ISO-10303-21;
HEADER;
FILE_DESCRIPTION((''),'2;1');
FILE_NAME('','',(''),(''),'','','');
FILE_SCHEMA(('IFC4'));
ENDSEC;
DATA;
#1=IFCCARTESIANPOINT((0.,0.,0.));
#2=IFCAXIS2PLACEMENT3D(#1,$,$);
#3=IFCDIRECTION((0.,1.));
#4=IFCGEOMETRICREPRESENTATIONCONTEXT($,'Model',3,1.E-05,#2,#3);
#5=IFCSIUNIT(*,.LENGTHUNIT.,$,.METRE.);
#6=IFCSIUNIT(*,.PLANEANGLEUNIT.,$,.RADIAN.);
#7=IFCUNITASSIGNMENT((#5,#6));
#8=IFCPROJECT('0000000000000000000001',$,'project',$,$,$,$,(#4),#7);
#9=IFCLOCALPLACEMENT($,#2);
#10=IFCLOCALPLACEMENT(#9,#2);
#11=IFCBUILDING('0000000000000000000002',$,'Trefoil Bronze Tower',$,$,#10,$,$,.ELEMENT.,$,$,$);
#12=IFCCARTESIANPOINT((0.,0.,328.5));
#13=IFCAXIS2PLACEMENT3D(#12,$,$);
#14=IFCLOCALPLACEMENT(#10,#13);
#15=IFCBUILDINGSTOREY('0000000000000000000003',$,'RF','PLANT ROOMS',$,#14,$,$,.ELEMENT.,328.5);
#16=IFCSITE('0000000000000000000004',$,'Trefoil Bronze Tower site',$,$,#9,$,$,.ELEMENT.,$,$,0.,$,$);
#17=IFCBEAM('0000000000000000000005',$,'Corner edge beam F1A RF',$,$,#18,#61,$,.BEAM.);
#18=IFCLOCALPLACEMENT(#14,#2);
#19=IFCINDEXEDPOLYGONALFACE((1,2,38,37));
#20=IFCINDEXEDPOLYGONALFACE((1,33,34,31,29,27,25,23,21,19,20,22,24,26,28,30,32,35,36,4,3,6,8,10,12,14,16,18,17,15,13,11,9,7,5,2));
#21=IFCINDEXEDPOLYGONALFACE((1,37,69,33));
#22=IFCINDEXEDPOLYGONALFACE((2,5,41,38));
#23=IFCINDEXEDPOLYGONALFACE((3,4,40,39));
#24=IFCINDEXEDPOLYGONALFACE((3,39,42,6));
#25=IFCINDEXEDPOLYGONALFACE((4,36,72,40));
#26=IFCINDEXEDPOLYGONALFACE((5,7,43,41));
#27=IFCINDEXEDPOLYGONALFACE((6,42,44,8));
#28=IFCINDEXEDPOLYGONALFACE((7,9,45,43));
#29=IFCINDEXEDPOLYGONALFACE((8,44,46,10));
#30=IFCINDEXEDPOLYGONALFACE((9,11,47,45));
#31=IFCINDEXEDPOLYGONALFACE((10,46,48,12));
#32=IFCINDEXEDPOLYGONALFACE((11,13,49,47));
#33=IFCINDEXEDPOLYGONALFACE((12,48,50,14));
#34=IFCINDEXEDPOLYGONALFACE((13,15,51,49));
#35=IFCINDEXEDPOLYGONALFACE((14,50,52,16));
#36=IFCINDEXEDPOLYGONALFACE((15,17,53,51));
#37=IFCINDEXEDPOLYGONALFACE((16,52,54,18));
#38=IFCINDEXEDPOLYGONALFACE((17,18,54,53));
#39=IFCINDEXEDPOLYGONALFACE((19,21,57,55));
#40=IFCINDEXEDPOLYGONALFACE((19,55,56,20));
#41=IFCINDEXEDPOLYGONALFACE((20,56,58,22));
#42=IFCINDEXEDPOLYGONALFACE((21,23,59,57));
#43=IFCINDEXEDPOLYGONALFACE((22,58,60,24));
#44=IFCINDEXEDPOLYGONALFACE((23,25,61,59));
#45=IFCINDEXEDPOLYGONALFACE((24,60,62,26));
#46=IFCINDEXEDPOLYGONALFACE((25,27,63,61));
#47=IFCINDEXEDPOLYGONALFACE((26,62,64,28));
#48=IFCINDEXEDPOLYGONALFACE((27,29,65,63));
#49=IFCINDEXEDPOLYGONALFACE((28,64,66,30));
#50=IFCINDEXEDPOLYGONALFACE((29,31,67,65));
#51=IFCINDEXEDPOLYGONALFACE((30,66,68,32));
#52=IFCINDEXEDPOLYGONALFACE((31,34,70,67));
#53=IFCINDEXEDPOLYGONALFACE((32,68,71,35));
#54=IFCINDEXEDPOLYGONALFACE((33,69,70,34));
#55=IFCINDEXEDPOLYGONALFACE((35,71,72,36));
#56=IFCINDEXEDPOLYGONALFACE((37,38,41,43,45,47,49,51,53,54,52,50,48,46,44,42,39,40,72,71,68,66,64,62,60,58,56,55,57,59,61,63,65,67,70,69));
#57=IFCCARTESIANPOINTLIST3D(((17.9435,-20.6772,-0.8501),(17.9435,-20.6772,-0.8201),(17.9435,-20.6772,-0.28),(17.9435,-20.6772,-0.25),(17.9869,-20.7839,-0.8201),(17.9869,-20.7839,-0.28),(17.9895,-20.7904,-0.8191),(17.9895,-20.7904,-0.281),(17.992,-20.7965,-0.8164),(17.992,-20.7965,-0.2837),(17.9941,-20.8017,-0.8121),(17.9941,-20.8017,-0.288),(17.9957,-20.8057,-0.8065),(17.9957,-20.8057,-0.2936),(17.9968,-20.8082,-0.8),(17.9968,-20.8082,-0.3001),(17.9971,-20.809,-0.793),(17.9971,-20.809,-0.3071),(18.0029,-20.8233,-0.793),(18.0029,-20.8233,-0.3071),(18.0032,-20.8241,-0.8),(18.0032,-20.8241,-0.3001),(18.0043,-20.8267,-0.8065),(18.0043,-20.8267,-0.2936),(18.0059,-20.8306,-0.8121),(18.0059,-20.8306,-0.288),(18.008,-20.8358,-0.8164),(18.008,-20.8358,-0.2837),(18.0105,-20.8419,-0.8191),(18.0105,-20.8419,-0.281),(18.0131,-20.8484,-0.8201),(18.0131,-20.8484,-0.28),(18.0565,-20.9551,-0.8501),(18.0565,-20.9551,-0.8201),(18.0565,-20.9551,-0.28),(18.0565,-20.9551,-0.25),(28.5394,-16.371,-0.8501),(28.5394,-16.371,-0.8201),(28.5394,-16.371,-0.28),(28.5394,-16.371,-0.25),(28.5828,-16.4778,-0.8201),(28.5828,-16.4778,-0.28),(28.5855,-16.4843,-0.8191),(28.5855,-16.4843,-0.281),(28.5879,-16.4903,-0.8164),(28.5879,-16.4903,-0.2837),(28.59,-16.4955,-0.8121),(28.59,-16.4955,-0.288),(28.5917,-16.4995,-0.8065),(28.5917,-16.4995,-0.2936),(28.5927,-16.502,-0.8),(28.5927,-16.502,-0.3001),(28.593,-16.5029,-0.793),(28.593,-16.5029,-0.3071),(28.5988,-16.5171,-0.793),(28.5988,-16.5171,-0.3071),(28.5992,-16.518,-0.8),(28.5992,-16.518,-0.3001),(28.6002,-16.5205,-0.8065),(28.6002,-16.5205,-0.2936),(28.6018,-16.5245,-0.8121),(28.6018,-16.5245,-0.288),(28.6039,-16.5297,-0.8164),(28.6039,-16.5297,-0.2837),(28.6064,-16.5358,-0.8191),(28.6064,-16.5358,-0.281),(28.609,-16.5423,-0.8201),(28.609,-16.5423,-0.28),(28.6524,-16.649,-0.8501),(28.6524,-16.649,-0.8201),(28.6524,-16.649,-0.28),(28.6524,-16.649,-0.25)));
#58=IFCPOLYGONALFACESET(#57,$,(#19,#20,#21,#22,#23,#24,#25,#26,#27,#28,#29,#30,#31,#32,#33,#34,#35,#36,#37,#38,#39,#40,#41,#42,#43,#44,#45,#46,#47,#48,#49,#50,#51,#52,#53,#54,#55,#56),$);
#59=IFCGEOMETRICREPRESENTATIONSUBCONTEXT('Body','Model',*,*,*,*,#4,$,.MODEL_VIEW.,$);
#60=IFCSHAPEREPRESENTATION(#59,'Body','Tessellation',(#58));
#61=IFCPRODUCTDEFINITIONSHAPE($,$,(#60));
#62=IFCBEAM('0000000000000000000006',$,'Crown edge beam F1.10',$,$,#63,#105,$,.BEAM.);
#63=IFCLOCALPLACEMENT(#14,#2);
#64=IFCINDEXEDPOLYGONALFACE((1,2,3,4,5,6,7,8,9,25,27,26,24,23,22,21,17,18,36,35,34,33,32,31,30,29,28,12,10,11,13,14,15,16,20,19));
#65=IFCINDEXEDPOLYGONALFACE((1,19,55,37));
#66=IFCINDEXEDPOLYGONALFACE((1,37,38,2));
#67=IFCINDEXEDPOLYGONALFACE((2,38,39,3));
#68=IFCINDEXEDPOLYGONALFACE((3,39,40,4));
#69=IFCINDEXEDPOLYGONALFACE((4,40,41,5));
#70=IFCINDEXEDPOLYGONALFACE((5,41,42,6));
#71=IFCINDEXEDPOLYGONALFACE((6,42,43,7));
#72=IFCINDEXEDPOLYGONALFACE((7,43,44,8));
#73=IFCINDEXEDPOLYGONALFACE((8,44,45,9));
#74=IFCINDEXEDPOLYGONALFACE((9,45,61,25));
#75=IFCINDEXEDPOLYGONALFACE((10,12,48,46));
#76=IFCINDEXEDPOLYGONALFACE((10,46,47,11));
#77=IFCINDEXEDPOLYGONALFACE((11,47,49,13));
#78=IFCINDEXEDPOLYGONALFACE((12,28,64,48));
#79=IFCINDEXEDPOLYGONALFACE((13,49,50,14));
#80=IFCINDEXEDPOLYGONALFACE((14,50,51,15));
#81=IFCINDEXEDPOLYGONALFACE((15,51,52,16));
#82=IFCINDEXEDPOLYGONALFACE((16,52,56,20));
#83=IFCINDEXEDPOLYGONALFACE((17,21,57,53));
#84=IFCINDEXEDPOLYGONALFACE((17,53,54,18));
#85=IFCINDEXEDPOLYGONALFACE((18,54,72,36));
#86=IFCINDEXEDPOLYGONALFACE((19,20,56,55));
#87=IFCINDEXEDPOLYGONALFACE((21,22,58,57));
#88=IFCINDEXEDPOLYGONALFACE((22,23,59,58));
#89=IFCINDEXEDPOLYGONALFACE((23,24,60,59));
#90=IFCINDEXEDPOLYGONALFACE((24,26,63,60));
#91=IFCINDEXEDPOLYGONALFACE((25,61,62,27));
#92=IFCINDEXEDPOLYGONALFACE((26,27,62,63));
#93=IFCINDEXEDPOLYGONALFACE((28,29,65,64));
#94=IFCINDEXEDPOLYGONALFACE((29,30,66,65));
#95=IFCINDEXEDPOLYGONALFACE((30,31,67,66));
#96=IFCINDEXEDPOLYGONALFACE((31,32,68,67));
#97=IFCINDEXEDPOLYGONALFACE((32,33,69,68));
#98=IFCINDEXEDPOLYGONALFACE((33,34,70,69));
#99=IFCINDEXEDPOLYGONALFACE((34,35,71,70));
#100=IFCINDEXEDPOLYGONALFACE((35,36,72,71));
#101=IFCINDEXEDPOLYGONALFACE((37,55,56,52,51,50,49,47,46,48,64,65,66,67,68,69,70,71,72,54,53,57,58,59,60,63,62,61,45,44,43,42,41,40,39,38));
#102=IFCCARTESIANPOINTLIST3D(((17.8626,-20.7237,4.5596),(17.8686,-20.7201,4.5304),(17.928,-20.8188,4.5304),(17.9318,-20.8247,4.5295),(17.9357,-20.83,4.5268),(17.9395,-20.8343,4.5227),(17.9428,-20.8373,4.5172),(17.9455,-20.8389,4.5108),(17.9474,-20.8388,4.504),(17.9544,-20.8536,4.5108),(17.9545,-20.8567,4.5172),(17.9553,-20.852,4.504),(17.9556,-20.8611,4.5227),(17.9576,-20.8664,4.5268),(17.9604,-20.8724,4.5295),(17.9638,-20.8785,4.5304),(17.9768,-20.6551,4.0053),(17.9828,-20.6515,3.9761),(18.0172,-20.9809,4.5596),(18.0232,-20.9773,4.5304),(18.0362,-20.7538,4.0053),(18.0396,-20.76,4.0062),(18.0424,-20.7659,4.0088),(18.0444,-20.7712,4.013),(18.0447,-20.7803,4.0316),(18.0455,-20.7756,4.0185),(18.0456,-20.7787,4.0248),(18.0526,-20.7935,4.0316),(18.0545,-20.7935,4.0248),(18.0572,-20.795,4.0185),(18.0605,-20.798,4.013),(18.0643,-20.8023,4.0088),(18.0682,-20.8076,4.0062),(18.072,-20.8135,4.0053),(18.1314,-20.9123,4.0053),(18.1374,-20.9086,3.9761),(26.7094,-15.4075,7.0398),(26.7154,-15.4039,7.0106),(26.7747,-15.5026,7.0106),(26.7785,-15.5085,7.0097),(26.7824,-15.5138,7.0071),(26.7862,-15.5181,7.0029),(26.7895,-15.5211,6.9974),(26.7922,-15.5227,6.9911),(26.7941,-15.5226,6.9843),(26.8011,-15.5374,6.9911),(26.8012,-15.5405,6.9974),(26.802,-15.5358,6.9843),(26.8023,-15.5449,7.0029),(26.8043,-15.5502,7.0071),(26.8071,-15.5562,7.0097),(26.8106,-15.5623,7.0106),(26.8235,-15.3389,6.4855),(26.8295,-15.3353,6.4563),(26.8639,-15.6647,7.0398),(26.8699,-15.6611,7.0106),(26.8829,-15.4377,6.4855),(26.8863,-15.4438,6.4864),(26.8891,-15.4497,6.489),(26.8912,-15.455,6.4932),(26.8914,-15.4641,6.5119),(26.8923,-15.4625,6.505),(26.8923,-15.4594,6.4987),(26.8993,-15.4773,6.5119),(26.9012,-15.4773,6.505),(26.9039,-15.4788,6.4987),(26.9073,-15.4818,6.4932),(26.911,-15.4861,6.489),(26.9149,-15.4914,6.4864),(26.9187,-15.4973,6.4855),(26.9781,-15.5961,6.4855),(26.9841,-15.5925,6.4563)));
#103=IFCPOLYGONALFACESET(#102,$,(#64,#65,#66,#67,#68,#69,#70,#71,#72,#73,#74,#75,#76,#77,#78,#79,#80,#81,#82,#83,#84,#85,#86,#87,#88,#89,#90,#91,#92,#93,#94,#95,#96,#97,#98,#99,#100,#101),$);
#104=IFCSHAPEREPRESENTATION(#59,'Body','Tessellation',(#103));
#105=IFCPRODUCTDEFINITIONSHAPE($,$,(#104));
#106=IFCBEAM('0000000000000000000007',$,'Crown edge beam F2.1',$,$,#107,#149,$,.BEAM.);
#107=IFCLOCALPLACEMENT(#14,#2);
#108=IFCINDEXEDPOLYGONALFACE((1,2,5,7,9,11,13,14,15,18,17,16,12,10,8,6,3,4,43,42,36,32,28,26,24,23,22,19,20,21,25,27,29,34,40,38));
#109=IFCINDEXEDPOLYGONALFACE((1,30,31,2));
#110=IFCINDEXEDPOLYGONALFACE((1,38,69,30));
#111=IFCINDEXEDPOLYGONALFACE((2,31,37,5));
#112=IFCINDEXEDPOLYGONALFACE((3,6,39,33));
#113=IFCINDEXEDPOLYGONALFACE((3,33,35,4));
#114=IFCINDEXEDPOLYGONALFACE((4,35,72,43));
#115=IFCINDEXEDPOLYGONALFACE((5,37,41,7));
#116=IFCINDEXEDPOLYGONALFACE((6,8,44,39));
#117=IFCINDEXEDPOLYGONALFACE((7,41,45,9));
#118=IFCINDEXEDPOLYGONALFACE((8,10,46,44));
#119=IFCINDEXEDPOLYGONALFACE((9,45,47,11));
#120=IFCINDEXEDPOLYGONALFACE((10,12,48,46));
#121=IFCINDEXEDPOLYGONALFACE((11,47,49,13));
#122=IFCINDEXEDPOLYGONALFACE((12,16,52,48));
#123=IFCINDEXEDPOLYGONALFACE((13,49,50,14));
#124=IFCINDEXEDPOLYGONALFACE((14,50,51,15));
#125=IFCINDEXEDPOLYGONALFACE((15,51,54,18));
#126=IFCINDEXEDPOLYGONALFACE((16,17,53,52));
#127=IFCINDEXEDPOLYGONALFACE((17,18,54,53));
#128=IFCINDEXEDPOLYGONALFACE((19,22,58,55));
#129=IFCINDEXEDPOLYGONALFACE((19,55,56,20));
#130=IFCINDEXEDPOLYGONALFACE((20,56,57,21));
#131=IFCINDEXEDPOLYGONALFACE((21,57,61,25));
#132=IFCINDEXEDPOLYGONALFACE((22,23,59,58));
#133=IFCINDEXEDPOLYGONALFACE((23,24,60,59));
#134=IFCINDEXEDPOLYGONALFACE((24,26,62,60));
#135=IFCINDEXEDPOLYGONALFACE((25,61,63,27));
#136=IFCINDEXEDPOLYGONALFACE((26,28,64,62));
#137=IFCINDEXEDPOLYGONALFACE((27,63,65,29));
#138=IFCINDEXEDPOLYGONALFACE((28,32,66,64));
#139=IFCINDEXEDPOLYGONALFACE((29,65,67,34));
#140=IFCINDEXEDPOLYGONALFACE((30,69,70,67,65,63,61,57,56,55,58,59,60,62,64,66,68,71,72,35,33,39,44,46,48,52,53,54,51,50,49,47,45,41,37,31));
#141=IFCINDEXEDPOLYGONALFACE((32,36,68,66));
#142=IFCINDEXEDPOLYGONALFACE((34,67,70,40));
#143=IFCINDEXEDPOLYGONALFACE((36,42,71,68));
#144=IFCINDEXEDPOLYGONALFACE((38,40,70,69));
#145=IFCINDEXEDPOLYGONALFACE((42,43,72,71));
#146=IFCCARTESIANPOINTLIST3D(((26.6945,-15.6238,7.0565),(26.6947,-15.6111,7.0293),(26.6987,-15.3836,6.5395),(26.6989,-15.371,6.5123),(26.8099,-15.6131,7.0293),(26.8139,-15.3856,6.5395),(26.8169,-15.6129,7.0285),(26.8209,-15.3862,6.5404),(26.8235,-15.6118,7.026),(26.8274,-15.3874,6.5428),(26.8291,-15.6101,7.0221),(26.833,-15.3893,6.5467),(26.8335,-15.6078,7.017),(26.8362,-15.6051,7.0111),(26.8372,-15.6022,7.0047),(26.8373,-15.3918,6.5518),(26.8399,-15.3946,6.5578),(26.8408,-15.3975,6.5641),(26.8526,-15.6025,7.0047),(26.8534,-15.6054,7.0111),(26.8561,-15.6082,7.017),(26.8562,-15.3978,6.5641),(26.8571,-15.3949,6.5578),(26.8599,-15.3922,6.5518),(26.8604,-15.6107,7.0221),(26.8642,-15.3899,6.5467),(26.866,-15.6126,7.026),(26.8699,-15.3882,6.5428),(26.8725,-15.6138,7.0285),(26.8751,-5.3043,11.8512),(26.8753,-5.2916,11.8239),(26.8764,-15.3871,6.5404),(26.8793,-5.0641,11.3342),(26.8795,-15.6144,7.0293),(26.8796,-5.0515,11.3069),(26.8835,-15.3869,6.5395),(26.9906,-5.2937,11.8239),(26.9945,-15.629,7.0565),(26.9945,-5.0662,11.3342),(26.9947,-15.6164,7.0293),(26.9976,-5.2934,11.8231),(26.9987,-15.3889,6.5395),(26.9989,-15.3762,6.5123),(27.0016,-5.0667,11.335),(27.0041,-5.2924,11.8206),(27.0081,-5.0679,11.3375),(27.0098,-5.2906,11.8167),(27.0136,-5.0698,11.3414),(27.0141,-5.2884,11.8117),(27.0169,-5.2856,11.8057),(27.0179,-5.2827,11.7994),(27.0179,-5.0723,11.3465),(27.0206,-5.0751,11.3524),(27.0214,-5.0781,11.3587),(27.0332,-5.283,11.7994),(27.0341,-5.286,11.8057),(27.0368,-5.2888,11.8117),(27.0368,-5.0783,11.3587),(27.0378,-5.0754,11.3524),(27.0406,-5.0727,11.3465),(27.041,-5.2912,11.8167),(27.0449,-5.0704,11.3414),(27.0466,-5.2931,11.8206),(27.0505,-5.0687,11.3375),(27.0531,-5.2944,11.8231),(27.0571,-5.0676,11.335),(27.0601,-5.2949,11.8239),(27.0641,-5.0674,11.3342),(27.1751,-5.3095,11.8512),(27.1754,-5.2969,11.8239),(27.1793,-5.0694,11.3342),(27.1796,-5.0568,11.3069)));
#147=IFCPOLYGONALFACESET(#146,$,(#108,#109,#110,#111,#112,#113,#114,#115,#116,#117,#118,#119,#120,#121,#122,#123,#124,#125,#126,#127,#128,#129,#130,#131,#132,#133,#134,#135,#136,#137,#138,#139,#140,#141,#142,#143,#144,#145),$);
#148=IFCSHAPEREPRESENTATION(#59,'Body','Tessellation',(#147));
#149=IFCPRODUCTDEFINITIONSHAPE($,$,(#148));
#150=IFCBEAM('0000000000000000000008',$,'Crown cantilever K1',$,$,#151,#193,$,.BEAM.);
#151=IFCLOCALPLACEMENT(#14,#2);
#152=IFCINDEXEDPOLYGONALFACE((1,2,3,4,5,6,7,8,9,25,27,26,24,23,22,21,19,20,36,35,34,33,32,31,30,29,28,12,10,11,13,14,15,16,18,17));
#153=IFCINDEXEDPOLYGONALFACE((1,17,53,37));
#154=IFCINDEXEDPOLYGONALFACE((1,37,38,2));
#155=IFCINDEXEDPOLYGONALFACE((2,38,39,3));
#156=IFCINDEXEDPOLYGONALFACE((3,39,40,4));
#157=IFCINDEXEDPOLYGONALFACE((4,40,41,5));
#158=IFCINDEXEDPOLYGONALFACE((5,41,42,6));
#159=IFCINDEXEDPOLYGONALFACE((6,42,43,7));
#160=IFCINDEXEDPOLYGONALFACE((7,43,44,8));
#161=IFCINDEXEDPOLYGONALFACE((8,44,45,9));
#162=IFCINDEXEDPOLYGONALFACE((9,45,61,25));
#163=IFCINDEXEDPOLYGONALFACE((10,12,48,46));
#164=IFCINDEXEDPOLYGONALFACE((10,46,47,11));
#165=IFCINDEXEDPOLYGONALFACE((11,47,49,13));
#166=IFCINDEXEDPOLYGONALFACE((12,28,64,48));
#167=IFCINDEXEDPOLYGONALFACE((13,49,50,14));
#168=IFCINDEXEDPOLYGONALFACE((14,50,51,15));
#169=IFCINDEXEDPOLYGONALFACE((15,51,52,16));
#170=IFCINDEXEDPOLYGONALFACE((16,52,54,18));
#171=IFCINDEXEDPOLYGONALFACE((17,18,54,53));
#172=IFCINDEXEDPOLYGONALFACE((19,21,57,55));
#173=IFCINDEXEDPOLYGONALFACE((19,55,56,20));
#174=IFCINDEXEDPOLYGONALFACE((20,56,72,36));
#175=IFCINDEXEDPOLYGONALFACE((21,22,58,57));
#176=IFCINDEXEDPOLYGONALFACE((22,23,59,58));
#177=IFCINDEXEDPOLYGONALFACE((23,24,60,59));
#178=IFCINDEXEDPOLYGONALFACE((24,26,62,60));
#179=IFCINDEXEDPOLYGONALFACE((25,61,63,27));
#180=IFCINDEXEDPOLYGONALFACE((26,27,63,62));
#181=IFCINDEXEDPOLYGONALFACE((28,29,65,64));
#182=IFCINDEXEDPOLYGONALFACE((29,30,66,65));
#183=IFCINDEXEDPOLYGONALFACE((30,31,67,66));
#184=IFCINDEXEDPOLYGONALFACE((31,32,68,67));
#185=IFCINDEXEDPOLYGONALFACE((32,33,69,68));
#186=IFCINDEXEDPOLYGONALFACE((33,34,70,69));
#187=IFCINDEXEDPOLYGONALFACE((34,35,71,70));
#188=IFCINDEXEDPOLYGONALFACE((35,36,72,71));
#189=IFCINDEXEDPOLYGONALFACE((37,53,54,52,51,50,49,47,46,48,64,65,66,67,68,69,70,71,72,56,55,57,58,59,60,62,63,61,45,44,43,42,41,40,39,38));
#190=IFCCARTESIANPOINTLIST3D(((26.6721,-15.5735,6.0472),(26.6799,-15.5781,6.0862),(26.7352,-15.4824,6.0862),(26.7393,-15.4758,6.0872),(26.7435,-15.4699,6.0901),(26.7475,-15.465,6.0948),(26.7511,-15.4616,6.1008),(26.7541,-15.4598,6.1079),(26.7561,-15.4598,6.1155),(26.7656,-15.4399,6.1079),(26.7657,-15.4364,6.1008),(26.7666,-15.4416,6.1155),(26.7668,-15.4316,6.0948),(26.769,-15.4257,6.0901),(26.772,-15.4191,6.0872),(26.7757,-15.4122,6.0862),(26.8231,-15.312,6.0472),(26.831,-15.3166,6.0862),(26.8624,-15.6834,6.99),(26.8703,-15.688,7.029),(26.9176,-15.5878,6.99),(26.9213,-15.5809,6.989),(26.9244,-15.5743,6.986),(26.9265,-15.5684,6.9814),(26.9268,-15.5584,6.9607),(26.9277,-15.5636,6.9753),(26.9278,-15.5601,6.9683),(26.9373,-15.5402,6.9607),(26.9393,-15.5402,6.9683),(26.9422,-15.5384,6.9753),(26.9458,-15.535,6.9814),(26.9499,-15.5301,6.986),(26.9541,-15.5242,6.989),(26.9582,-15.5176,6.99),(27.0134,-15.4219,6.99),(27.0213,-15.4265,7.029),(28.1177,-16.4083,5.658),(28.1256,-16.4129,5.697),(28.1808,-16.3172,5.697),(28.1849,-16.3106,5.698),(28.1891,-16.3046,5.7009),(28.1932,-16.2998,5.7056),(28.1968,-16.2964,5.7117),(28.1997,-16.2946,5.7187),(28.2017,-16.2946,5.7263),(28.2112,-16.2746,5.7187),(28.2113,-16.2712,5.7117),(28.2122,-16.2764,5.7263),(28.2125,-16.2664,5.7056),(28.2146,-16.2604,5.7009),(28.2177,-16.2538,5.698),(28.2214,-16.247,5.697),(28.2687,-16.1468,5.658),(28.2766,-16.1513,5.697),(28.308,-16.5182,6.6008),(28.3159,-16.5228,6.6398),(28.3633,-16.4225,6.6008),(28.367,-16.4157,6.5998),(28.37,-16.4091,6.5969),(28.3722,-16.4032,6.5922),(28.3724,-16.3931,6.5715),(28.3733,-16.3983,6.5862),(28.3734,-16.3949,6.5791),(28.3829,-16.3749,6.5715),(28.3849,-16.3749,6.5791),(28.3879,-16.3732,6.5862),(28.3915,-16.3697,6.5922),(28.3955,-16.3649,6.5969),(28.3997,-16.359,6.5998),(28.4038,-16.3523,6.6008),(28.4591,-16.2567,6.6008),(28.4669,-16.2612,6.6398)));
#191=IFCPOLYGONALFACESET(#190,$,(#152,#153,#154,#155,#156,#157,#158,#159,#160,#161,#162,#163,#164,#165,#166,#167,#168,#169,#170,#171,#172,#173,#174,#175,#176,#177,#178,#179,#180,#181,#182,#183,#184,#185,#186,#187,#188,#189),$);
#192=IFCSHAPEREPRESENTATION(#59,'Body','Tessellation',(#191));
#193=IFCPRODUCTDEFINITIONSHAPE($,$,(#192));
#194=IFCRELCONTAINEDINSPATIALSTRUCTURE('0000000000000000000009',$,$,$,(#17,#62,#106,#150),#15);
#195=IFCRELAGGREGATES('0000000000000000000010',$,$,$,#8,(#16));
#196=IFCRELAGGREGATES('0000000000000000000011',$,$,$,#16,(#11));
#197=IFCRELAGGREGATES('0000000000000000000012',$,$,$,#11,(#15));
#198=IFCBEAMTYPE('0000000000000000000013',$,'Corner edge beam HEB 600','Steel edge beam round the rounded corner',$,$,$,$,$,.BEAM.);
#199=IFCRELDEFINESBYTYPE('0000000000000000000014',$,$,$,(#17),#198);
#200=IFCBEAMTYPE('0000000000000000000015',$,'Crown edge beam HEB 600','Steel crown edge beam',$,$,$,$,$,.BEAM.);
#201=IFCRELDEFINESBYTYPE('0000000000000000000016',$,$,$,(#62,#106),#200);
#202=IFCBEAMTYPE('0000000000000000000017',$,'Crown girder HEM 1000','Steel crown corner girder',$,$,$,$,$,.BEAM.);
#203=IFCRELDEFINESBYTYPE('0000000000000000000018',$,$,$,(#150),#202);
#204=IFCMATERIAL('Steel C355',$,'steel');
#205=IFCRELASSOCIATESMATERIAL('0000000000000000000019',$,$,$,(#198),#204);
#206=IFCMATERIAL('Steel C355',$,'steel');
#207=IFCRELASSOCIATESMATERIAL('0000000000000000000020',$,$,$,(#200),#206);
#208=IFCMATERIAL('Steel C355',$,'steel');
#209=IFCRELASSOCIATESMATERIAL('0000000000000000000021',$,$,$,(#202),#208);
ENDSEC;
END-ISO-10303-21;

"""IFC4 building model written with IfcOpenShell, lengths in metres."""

from ifc_helpers import new_model, si_unit, direction, frame, origin, origin_2d, place, context, subcontext, project, spatial, i_section, extrude, material, material_profile, profile_set, type_object, element, save


model = new_model("IFC4")

# Units and contexts
model_context = context("Model", 3, precision=1e-05, world=origin(), true_north=direction((0.0, 1.0)))
body_context = subcontext(model_context, "Body", "Model", "MODEL_VIEW")
ifc_project = project(units=[si_unit("LENGTHUNIT", "METRE"), si_unit("PLANEANGLEUNIT", "RADIAN")], contexts=[model_context])

# Site, building, storey
site_placement = place(None, origin())
site = spatial("IfcSite", under=ifc_project, at=site_placement, Name="Trefoil Bronze Tower site", CompositionType="ELEMENT", RefElevation=0.0)
building_placement = place(site_placement, origin())
building = spatial("IfcBuilding", under=site, at=building_placement, Name="Trefoil Bronze Tower", CompositionType="ELEMENT")
storey_placement = place(building_placement, frame((0.0, 0.0, 328.5)))
storey = spatial("IfcBuildingStorey", under=building, at=storey_placement, Name="RF", Description="PLANT ROOMS", CompositionType="ELEMENT", Elevation=328.5)

# Beams
ifc_material_1 = material(Name="Steel C355", Category="steel")
ifc_material_profile_1 = material_profile(ifc_material_1, i_section(OverallWidth=0.3, OverallDepth=0.6001, WebThickness=0.0154, FlangeThickness=0.03, FilletRadius=0.0271, at=origin_2d()), Name="HEB 600")
ifc_profile_set_1 = profile_set([ifc_material_profile_1], Name="Steel C355")
beam_type_1 = type_object("IfcBeamType", Name="Corner edge beam HEB 600", Description="Steel edge beam round the rounded corner", PredefinedType="BEAM", material=ifc_profile_set_1)
beam_1_placement = place(storey_placement, frame((18.0, -20.8162, -0.55), z_axis=(0.926419, 0.376493, 0.0), x_axis=(-0.376493, 0.926419, 0.0)))
element("IfcBeam", 1, at=beam_1_placement, inside=storey, type_object=beam_type_1, Name="Corner edge beam F1A RF", PredefinedType="BEAM", context=body_context, shape_type="SweptSolid", body=[
    extrude(i_section(OverallWidth=0.3, OverallDepth=0.6001, WebThickness=0.0154, FlangeThickness=0.03, FilletRadius=0.0271, at=origin_2d()), origin(), (0.0, 0.0, 1.0), 11.4375),
])
ifc_material_2 = material(Name="Steel C355", Category="steel")
ifc_material_profile_2 = material_profile(ifc_material_2, i_section(OverallWidth=0.3, OverallDepth=0.6001, WebThickness=0.0154, FlangeThickness=0.03, FilletRadius=0.0271, at=origin_2d()), Name="HEB 600")
ifc_profile_set_2 = profile_set([ifc_material_profile_2], Name="Steel C355")
beam_type_2 = type_object("IfcBeamType", Name="Crown edge beam HEB 600", Description="Steel crown edge beam", PredefinedType="BEAM", material=ifc_profile_set_2)
beam_2_placement = place(storey_placement, frame((18.0, -20.8162, 4.2678), z_axis=(0.833418, 0.500819, 0.233654), x_axis=(-0.515077, 0.857144, 0.0)))
element("IfcBeam", 2, at=beam_2_placement, inside=storey, type_object=beam_type_2, Name="Crown edge beam F1.10", PredefinedType="BEAM", context=body_context, shape_type="SweptSolid", body=[
    extrude(i_section(OverallWidth=0.3, OverallDepth=0.6001, WebThickness=0.0154, FlangeThickness=0.03, FilletRadius=0.0271, at=origin_2d()), origin(), (0.0, 0.0, 1.0), 10.615),
])
beam_3_placement = place(storey_placement, frame((26.8467, -15.5, 6.7844), z_axis=(0.015875, 0.906779, 0.421307), x_axis=(-0.999847, 0.017504, 0.0)))
element("IfcBeam", 3, at=beam_3_placement, inside=storey, type_object=beam_type_2, Name="Crown edge beam F2.1", PredefinedType="BEAM", context=body_context, shape_type="SweptSolid", body=[
    extrude(i_section(OverallWidth=0.3, OverallDepth=0.6001, WebThickness=0.0154, FlangeThickness=0.03, FilletRadius=0.0271, at=origin_2d()), origin(), (0.0, 0.0, 1.0), 11.3804),
])
ifc_material_3 = material(Name="Steel C355", Category="steel")
ifc_material_profile_3 = material_profile(ifc_material_3, i_section(OverallWidth=0.302, OverallDepth=1.0081, WebThickness=0.021, FlangeThickness=0.04, FilletRadius=0.03, at=origin_2d()), Name="HEM 1000")
ifc_profile_set_3 = profile_set([ifc_material_profile_3], Name="Steel C355")
beam_type_3 = type_object("IfcBeamType", Name="Crown girder HEM 1000", Description="Steel crown corner girder", PredefinedType="BEAM", material=ifc_profile_set_3)
beam_4_placement = place(storey_placement, frame((26.8467, -15.5, 6.5381), z_axis=(0.843377, -0.486996, -0.227047), x_axis=(0.500056, 0.865993, 0.0)))
element("IfcBeam", 4, at=beam_4_placement, inside=storey, type_object=beam_type_3, Name="Crown cantilever K1", PredefinedType="BEAM", context=body_context, shape_type="SweptSolid", body=[
    extrude(i_section(OverallWidth=0.302, OverallDepth=1.0081, WebThickness=0.021, FlangeThickness=0.04, FilletRadius=0.03, at=origin_2d()), origin(), (0.0, 0.0, 1.0), 1.7141),
])

save(model, "model.ifc")
